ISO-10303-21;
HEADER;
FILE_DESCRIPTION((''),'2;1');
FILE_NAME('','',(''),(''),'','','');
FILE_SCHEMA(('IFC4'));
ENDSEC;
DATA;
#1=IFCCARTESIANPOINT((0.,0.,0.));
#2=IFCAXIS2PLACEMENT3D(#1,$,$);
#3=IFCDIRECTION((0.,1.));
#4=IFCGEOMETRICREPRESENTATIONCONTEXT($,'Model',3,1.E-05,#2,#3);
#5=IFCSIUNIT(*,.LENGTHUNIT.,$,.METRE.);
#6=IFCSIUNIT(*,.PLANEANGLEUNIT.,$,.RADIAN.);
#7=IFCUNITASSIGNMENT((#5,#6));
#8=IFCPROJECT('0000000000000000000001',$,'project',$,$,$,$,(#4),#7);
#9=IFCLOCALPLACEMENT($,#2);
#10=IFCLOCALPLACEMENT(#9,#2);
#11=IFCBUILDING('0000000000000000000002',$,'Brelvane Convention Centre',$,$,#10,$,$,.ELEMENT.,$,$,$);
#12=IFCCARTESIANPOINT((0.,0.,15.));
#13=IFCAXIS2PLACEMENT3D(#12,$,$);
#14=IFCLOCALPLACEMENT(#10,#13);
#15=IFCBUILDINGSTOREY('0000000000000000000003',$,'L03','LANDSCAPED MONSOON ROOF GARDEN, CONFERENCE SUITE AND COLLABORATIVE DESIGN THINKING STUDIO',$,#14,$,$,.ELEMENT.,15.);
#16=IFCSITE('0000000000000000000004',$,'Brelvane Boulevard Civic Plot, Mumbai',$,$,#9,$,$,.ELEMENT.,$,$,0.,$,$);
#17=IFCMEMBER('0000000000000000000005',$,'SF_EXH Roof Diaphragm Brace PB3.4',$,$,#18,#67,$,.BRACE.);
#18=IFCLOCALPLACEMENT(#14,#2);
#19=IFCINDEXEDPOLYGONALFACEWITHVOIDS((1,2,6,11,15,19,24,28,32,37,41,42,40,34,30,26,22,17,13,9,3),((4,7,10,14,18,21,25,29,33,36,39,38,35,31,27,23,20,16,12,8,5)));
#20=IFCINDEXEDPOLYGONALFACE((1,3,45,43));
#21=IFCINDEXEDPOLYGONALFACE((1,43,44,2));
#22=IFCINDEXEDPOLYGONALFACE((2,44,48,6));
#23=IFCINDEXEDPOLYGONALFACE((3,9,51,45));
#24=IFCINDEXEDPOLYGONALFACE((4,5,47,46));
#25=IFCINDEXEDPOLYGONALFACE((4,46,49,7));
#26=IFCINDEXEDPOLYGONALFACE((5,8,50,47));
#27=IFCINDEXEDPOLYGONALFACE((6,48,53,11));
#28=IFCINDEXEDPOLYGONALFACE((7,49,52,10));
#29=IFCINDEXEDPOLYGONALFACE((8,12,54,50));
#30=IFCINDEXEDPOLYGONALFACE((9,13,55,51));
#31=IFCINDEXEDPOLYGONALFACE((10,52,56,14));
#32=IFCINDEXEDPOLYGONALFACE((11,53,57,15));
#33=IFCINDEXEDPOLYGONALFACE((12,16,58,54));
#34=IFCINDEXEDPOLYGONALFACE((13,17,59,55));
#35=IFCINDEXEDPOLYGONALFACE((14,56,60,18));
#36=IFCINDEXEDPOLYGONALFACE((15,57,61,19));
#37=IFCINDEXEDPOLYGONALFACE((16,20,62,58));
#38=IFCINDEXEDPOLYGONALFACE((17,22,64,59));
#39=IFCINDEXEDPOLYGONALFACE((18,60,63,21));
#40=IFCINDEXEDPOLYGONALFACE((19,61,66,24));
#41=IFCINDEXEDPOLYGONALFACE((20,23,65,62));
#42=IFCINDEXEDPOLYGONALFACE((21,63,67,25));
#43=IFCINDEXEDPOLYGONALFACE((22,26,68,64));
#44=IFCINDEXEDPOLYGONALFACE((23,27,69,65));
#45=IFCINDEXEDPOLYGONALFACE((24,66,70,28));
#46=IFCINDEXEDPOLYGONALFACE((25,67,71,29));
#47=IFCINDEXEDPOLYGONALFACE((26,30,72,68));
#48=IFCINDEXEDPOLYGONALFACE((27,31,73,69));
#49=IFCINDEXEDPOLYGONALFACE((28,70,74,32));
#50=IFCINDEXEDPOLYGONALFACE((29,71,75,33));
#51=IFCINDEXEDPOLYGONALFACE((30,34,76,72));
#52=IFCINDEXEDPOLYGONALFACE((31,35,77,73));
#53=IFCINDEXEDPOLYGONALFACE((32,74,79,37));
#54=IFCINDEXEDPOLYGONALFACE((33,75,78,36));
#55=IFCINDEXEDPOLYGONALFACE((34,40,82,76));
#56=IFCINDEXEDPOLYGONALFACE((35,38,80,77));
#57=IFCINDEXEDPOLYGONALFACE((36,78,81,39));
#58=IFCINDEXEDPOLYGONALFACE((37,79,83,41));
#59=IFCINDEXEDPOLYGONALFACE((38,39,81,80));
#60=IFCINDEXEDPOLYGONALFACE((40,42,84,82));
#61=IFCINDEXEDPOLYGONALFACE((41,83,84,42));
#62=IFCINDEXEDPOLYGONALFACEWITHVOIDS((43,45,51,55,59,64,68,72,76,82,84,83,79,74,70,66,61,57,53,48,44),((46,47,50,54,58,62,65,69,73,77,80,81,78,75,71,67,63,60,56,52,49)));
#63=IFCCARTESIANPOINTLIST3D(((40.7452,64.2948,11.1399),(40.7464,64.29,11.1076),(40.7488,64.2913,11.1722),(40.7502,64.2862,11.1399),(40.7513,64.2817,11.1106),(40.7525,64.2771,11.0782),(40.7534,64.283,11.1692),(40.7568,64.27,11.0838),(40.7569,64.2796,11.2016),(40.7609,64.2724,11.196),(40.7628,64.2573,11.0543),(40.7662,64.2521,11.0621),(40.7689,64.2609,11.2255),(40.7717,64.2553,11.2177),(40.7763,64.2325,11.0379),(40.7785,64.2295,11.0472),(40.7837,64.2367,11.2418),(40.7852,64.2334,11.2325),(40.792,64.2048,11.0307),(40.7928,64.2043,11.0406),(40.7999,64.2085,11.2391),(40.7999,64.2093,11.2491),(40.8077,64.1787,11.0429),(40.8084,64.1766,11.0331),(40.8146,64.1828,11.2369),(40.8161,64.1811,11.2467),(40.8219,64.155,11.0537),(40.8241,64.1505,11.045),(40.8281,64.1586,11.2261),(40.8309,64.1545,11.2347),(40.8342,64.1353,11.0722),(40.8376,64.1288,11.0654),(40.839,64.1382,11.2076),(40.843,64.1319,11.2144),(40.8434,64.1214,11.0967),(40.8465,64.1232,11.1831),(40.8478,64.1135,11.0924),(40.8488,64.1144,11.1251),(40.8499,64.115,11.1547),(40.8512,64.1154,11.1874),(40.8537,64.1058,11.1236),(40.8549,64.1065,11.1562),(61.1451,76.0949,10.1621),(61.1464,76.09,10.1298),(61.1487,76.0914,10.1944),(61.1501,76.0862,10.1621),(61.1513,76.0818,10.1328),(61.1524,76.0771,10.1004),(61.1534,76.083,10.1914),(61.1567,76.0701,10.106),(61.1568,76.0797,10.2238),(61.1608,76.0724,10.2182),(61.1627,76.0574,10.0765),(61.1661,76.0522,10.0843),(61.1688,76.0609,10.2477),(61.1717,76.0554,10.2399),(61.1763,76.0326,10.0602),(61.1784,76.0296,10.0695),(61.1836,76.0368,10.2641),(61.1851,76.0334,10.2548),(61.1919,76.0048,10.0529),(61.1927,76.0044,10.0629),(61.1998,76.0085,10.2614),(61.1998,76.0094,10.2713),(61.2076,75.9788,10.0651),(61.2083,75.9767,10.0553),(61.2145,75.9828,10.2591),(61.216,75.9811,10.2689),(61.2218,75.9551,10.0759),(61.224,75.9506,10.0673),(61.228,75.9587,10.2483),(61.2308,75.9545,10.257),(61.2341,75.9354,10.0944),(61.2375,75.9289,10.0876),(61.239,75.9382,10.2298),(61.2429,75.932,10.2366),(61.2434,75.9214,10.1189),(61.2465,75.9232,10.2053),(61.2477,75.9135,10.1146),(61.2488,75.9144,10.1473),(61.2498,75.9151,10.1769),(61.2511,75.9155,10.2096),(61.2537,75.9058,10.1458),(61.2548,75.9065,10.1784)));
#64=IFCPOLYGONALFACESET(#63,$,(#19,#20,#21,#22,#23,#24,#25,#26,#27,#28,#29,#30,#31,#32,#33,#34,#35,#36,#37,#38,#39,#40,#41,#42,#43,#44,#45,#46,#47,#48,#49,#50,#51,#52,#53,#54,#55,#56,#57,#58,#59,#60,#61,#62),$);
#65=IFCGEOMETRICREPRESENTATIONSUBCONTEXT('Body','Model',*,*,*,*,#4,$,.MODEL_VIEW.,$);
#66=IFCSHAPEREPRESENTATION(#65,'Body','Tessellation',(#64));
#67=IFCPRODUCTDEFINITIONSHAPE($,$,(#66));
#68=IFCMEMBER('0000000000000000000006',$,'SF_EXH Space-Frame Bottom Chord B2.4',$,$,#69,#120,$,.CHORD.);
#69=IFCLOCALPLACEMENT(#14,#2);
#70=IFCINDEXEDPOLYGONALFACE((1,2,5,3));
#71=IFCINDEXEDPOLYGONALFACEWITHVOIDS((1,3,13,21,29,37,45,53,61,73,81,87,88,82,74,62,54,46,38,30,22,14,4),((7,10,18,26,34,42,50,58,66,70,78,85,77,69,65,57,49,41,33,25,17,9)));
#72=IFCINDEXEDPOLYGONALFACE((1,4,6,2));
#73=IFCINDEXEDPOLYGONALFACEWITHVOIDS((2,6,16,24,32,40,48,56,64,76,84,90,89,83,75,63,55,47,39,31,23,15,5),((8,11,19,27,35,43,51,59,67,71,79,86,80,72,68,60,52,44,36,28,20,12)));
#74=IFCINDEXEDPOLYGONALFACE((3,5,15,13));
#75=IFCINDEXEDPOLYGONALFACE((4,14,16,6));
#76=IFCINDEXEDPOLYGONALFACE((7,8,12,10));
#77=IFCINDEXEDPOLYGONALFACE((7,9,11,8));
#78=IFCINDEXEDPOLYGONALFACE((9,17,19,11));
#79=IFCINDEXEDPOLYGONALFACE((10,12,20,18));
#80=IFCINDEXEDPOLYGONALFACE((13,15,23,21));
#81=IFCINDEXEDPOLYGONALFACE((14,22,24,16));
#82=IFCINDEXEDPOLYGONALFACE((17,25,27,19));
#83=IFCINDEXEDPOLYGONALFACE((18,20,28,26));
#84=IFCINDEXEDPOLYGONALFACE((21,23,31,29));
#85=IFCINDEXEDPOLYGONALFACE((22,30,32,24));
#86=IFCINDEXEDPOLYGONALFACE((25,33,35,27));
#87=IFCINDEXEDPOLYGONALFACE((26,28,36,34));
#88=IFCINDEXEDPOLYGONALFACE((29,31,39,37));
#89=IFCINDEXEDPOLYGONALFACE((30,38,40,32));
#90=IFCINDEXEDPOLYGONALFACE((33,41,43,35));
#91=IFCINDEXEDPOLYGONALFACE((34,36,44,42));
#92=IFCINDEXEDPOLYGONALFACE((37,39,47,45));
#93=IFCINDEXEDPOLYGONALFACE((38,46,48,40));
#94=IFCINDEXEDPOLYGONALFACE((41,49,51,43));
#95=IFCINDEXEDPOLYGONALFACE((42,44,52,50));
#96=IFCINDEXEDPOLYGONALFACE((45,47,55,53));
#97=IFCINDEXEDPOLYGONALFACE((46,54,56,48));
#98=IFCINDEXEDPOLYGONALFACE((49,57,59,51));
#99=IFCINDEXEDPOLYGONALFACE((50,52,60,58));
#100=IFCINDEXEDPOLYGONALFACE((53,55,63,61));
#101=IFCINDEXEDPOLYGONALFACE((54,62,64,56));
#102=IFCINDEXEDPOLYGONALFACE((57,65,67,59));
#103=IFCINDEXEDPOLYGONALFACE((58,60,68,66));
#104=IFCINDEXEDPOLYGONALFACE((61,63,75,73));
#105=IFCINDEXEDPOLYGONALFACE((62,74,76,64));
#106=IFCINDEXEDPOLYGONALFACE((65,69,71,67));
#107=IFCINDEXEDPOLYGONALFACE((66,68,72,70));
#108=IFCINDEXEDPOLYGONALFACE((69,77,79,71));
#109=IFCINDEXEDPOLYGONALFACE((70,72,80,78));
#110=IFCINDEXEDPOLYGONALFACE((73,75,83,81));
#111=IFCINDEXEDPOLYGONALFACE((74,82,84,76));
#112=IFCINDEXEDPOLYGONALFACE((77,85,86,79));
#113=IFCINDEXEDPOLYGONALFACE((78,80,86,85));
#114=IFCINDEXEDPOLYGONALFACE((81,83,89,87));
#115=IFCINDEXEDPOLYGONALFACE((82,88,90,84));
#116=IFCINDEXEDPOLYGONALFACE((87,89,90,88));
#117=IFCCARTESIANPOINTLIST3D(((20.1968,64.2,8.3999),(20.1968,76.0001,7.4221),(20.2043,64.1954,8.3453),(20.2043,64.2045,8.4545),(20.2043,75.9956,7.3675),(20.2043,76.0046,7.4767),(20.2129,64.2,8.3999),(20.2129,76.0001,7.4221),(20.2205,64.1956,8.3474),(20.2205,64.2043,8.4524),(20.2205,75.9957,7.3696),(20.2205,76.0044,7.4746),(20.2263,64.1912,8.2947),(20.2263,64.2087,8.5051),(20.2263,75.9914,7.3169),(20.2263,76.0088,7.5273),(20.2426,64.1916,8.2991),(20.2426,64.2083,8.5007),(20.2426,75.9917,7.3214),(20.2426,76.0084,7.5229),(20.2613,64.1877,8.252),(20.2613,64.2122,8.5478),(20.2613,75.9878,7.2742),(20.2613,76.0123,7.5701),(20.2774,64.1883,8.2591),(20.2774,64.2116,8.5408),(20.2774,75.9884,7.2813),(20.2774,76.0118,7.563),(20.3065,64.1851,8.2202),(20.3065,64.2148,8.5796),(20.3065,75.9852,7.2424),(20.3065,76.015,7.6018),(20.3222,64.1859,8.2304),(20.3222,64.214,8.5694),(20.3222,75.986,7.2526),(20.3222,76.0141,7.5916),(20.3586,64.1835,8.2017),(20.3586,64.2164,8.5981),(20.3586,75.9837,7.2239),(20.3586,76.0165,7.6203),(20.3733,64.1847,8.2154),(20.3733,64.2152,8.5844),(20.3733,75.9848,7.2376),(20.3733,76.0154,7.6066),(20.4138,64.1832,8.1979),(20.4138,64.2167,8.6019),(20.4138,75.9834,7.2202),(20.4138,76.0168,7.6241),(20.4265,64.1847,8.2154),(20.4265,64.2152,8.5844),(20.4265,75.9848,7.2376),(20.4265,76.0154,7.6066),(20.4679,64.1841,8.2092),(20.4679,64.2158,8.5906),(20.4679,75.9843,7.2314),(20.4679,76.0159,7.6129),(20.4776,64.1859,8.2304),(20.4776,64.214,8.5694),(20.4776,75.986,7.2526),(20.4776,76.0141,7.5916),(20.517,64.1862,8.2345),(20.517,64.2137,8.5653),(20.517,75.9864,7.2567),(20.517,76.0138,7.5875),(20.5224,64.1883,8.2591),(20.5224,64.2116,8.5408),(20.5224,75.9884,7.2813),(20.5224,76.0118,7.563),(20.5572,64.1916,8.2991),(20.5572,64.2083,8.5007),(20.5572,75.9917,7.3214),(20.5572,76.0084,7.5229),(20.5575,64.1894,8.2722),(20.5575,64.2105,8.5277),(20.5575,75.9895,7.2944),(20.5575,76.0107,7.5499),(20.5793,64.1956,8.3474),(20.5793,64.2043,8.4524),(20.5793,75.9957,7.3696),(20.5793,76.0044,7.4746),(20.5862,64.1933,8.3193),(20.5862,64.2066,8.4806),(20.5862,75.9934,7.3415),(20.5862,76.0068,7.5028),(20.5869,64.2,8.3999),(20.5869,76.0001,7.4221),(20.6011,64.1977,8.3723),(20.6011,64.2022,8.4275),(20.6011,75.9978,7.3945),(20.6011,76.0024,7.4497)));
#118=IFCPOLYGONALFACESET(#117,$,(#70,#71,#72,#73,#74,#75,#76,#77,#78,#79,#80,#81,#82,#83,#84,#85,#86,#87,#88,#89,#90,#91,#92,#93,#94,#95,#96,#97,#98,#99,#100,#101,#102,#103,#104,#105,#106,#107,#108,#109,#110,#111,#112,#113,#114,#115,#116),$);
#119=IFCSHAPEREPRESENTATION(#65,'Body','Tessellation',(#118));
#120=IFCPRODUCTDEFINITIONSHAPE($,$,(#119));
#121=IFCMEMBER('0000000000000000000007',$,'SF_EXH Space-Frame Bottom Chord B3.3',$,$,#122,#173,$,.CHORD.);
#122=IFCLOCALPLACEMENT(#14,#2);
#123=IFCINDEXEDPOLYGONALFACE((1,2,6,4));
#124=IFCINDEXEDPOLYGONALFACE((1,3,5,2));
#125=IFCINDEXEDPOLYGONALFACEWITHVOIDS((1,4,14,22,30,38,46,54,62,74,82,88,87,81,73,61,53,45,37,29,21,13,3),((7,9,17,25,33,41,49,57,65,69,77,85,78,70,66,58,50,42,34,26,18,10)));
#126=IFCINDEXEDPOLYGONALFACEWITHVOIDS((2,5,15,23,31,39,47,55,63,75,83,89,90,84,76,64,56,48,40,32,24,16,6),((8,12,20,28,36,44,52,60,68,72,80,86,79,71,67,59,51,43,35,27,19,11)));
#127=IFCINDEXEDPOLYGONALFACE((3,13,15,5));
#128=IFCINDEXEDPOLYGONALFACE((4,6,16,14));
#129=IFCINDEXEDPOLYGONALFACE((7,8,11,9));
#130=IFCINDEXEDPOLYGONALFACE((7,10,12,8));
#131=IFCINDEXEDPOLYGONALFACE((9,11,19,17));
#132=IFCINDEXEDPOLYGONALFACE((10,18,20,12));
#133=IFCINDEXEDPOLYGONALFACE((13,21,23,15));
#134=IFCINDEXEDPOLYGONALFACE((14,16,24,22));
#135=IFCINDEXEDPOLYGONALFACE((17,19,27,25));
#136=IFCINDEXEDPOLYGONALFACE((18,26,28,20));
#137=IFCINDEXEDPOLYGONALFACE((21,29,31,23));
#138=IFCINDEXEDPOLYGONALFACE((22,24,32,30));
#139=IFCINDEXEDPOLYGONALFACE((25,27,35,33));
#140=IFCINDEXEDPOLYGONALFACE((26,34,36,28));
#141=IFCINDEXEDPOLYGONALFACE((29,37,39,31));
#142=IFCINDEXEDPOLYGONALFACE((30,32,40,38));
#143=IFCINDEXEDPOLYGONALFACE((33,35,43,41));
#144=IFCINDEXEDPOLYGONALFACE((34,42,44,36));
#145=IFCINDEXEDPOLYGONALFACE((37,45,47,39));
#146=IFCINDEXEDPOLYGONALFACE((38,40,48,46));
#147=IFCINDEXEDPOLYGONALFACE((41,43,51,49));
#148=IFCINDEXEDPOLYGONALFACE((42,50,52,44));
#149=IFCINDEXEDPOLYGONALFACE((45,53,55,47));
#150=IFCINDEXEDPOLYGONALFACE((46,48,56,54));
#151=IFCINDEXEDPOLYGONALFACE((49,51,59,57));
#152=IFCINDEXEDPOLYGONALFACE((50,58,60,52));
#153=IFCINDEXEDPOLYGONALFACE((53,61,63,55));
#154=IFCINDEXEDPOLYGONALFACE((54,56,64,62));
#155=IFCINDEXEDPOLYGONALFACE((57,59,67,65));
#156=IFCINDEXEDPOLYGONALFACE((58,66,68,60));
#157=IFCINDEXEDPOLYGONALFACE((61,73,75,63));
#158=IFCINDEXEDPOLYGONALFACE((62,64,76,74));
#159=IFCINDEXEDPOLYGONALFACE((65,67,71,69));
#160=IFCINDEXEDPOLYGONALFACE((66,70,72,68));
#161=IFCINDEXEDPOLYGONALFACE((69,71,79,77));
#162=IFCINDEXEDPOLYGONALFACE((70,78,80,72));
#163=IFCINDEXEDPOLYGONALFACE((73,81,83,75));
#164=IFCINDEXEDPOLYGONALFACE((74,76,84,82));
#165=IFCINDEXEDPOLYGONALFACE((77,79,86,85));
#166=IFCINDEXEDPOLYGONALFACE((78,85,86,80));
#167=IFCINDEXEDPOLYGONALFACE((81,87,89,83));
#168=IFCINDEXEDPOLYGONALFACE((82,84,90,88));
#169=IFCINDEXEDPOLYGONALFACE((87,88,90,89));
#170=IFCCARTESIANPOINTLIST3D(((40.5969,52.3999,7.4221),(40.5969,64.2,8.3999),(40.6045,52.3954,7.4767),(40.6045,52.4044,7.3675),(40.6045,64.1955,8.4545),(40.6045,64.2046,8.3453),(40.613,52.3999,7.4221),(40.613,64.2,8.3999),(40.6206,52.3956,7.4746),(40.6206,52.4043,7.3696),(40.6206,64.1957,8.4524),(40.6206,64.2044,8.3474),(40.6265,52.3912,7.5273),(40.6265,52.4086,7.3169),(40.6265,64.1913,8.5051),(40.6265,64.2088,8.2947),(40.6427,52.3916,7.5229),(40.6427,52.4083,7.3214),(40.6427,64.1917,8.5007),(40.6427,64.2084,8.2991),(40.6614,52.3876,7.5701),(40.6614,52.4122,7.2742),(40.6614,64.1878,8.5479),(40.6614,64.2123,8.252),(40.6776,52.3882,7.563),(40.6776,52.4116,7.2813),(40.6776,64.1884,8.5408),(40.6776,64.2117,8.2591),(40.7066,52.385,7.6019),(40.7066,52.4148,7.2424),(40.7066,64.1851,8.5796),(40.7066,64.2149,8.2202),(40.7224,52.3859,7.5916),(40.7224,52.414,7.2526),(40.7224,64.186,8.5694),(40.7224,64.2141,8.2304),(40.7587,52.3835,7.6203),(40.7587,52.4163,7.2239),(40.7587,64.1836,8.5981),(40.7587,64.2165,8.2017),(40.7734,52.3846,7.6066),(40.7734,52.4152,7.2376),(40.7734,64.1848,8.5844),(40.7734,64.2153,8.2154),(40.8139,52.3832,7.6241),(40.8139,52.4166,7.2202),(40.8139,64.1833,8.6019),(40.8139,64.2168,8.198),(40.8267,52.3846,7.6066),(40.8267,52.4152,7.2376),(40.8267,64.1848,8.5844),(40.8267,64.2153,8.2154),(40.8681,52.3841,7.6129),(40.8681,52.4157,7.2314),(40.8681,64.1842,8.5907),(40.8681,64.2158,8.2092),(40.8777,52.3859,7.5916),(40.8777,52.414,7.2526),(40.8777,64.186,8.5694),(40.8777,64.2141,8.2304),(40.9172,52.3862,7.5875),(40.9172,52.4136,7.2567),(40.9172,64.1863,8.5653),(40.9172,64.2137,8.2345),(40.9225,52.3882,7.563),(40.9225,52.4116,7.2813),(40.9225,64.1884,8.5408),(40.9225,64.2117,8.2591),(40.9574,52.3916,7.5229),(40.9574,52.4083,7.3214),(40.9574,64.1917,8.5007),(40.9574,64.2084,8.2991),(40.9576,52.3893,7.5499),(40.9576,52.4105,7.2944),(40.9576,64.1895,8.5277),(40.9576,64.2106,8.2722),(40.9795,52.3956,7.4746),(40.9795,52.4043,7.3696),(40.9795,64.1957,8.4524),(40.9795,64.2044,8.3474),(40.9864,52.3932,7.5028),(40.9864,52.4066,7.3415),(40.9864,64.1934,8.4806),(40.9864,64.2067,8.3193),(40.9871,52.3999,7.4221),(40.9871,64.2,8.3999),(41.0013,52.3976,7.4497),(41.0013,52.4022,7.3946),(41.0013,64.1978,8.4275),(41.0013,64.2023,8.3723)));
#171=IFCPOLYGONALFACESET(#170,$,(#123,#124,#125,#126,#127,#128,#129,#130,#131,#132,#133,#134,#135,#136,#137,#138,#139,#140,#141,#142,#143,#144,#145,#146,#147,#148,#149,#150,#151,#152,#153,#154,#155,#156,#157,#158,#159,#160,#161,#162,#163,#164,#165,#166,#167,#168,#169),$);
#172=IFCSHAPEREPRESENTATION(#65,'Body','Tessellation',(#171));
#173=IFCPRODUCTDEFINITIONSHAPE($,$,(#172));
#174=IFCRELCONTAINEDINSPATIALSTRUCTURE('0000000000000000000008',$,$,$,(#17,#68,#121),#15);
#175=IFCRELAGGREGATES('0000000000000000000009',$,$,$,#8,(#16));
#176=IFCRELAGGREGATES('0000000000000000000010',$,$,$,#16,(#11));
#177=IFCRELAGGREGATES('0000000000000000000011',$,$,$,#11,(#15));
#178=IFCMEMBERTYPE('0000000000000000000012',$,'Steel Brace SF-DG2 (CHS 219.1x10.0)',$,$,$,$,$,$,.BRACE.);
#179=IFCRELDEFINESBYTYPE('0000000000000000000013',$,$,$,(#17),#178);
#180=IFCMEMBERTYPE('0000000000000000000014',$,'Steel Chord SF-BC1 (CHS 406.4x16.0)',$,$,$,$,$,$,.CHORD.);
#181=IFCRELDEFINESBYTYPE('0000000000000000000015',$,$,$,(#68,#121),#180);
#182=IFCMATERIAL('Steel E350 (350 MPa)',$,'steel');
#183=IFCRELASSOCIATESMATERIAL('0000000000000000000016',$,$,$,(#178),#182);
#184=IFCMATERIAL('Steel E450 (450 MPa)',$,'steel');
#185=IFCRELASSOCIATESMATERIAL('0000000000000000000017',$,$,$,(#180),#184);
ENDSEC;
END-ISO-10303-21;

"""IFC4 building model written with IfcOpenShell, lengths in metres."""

from ifc_helpers import new_model, si_unit, direction, frame, origin, origin_2d, place, context, subcontext, project, spatial, hollow_circle, extrude, material, material_profile, profile_set, type_object, element, save


model = new_model("IFC4")

# Units and contexts
model_context = context("Model", 3, precision=1e-05, world=origin(), true_north=direction((0.0, 1.0)))
body_context = subcontext(model_context, "Body", "Model", "MODEL_VIEW")
ifc_project = project(units=[si_unit("LENGTHUNIT", "METRE"), si_unit("PLANEANGLEUNIT", "RADIAN")], contexts=[model_context])

# Site, building, storey
site_placement = place(None, origin())
site = spatial("IfcSite", under=ifc_project, at=site_placement, Name="Brelvane Boulevard Civic Plot, Mumbai", CompositionType="ELEMENT", RefElevation=0.0)
building_placement = place(site_placement, origin())
building = spatial("IfcBuilding", under=site, at=building_placement, Name="Brelvane Convention Centre", CompositionType="ELEMENT")
storey_placement = place(building_placement, frame((0.0, 0.0, 15.0)))
storey = spatial("IfcBuildingStorey", under=building, at=storey_placement, Name="L03", Description="LANDSCAPED MONSOON ROOF GARDEN, CONFERENCE SUITE AND COLLABORATIVE DESIGN THINKING STUDIO", CompositionType="ELEMENT", Elevation=15.0)

# Members
ifc_material_1 = material(Name="Steel E350 (350 MPa)", Category="steel")
ifc_material_profile_1 = material_profile(ifc_material_1, hollow_circle(Radius=0.1096, WallThickness=0.01, at=origin_2d()), Name="CHS 219.1x10.0")
ifc_profile_set_1 = profile_set([ifc_material_profile_1], Name="Steel E350 (350 MPa)")
member_type_1 = type_object("IfcMemberType", Name="Steel Brace SF-DG2 (CHS 219.1x10.0)", PredefinedType="BRACE", material=ifc_profile_set_1)
for number, where, z_axis, x_axis, name in (
    (1, (40.8, 64.2, 11.1399), (0.864874, 0.500275, -0.041454), (-0.500705, 0.865618, 0.0), "SF_EXH Roof Diaphragm Brace PB3.4"),
):
    element("IfcMember", number, at=place(storey_placement, frame(where, z_axis=z_axis, x_axis=x_axis)), inside=storey, type_object=member_type_1, Name=name, PredefinedType="BRACE", context=body_context, shape_type="SweptSolid", body=[
        extrude(hollow_circle(Radius=0.1096, WallThickness=0.01, at=origin_2d()), origin(), (0.0, 0.0, 1.0), 23.5872),
    ])
ifc_material_2 = material(Name="Steel E450 (450 MPa)", Category="steel")
ifc_material_profile_2 = material_profile(ifc_material_2, hollow_circle(Radius=0.2031, WallThickness=0.0161, at=origin_2d()), Name="CHS 406.4x16.0")
ifc_profile_set_2 = profile_set([ifc_material_profile_2], Name="Steel E450 (450 MPa)")
member_type_2 = type_object("IfcMemberType", Name="Steel Chord SF-BC1 (CHS 406.4x16.0)", PredefinedType="CHORD", material=ifc_profile_set_2)
for number, where, z_axis, x_axis, name in (
    (2, (20.3999, 64.2, 8.3999), (0.0, 0.996584, -0.08258), (-1.0, 0.0, 0.0), "SF_EXH Space-Frame Bottom Chord B2.4"),
    (3, (40.8, 52.3999, 7.4221), (0.0, 0.996584, 0.08258), (-1.0, 0.0, 0.0), "SF_EXH Space-Frame Bottom Chord B3.3"),
):
    element("IfcMember", number, at=place(storey_placement, frame(where, z_axis=z_axis, x_axis=x_axis)), inside=storey, type_object=member_type_2, Name=name, PredefinedType="CHORD", context=body_context, shape_type="SweptSolid", body=[
        extrude(hollow_circle(Radius=0.2031, WallThickness=0.0161, at=origin_2d()), origin(), (0.0, 0.0, 1.0), 11.8406),
    ])

save(model, "model.ifc")
